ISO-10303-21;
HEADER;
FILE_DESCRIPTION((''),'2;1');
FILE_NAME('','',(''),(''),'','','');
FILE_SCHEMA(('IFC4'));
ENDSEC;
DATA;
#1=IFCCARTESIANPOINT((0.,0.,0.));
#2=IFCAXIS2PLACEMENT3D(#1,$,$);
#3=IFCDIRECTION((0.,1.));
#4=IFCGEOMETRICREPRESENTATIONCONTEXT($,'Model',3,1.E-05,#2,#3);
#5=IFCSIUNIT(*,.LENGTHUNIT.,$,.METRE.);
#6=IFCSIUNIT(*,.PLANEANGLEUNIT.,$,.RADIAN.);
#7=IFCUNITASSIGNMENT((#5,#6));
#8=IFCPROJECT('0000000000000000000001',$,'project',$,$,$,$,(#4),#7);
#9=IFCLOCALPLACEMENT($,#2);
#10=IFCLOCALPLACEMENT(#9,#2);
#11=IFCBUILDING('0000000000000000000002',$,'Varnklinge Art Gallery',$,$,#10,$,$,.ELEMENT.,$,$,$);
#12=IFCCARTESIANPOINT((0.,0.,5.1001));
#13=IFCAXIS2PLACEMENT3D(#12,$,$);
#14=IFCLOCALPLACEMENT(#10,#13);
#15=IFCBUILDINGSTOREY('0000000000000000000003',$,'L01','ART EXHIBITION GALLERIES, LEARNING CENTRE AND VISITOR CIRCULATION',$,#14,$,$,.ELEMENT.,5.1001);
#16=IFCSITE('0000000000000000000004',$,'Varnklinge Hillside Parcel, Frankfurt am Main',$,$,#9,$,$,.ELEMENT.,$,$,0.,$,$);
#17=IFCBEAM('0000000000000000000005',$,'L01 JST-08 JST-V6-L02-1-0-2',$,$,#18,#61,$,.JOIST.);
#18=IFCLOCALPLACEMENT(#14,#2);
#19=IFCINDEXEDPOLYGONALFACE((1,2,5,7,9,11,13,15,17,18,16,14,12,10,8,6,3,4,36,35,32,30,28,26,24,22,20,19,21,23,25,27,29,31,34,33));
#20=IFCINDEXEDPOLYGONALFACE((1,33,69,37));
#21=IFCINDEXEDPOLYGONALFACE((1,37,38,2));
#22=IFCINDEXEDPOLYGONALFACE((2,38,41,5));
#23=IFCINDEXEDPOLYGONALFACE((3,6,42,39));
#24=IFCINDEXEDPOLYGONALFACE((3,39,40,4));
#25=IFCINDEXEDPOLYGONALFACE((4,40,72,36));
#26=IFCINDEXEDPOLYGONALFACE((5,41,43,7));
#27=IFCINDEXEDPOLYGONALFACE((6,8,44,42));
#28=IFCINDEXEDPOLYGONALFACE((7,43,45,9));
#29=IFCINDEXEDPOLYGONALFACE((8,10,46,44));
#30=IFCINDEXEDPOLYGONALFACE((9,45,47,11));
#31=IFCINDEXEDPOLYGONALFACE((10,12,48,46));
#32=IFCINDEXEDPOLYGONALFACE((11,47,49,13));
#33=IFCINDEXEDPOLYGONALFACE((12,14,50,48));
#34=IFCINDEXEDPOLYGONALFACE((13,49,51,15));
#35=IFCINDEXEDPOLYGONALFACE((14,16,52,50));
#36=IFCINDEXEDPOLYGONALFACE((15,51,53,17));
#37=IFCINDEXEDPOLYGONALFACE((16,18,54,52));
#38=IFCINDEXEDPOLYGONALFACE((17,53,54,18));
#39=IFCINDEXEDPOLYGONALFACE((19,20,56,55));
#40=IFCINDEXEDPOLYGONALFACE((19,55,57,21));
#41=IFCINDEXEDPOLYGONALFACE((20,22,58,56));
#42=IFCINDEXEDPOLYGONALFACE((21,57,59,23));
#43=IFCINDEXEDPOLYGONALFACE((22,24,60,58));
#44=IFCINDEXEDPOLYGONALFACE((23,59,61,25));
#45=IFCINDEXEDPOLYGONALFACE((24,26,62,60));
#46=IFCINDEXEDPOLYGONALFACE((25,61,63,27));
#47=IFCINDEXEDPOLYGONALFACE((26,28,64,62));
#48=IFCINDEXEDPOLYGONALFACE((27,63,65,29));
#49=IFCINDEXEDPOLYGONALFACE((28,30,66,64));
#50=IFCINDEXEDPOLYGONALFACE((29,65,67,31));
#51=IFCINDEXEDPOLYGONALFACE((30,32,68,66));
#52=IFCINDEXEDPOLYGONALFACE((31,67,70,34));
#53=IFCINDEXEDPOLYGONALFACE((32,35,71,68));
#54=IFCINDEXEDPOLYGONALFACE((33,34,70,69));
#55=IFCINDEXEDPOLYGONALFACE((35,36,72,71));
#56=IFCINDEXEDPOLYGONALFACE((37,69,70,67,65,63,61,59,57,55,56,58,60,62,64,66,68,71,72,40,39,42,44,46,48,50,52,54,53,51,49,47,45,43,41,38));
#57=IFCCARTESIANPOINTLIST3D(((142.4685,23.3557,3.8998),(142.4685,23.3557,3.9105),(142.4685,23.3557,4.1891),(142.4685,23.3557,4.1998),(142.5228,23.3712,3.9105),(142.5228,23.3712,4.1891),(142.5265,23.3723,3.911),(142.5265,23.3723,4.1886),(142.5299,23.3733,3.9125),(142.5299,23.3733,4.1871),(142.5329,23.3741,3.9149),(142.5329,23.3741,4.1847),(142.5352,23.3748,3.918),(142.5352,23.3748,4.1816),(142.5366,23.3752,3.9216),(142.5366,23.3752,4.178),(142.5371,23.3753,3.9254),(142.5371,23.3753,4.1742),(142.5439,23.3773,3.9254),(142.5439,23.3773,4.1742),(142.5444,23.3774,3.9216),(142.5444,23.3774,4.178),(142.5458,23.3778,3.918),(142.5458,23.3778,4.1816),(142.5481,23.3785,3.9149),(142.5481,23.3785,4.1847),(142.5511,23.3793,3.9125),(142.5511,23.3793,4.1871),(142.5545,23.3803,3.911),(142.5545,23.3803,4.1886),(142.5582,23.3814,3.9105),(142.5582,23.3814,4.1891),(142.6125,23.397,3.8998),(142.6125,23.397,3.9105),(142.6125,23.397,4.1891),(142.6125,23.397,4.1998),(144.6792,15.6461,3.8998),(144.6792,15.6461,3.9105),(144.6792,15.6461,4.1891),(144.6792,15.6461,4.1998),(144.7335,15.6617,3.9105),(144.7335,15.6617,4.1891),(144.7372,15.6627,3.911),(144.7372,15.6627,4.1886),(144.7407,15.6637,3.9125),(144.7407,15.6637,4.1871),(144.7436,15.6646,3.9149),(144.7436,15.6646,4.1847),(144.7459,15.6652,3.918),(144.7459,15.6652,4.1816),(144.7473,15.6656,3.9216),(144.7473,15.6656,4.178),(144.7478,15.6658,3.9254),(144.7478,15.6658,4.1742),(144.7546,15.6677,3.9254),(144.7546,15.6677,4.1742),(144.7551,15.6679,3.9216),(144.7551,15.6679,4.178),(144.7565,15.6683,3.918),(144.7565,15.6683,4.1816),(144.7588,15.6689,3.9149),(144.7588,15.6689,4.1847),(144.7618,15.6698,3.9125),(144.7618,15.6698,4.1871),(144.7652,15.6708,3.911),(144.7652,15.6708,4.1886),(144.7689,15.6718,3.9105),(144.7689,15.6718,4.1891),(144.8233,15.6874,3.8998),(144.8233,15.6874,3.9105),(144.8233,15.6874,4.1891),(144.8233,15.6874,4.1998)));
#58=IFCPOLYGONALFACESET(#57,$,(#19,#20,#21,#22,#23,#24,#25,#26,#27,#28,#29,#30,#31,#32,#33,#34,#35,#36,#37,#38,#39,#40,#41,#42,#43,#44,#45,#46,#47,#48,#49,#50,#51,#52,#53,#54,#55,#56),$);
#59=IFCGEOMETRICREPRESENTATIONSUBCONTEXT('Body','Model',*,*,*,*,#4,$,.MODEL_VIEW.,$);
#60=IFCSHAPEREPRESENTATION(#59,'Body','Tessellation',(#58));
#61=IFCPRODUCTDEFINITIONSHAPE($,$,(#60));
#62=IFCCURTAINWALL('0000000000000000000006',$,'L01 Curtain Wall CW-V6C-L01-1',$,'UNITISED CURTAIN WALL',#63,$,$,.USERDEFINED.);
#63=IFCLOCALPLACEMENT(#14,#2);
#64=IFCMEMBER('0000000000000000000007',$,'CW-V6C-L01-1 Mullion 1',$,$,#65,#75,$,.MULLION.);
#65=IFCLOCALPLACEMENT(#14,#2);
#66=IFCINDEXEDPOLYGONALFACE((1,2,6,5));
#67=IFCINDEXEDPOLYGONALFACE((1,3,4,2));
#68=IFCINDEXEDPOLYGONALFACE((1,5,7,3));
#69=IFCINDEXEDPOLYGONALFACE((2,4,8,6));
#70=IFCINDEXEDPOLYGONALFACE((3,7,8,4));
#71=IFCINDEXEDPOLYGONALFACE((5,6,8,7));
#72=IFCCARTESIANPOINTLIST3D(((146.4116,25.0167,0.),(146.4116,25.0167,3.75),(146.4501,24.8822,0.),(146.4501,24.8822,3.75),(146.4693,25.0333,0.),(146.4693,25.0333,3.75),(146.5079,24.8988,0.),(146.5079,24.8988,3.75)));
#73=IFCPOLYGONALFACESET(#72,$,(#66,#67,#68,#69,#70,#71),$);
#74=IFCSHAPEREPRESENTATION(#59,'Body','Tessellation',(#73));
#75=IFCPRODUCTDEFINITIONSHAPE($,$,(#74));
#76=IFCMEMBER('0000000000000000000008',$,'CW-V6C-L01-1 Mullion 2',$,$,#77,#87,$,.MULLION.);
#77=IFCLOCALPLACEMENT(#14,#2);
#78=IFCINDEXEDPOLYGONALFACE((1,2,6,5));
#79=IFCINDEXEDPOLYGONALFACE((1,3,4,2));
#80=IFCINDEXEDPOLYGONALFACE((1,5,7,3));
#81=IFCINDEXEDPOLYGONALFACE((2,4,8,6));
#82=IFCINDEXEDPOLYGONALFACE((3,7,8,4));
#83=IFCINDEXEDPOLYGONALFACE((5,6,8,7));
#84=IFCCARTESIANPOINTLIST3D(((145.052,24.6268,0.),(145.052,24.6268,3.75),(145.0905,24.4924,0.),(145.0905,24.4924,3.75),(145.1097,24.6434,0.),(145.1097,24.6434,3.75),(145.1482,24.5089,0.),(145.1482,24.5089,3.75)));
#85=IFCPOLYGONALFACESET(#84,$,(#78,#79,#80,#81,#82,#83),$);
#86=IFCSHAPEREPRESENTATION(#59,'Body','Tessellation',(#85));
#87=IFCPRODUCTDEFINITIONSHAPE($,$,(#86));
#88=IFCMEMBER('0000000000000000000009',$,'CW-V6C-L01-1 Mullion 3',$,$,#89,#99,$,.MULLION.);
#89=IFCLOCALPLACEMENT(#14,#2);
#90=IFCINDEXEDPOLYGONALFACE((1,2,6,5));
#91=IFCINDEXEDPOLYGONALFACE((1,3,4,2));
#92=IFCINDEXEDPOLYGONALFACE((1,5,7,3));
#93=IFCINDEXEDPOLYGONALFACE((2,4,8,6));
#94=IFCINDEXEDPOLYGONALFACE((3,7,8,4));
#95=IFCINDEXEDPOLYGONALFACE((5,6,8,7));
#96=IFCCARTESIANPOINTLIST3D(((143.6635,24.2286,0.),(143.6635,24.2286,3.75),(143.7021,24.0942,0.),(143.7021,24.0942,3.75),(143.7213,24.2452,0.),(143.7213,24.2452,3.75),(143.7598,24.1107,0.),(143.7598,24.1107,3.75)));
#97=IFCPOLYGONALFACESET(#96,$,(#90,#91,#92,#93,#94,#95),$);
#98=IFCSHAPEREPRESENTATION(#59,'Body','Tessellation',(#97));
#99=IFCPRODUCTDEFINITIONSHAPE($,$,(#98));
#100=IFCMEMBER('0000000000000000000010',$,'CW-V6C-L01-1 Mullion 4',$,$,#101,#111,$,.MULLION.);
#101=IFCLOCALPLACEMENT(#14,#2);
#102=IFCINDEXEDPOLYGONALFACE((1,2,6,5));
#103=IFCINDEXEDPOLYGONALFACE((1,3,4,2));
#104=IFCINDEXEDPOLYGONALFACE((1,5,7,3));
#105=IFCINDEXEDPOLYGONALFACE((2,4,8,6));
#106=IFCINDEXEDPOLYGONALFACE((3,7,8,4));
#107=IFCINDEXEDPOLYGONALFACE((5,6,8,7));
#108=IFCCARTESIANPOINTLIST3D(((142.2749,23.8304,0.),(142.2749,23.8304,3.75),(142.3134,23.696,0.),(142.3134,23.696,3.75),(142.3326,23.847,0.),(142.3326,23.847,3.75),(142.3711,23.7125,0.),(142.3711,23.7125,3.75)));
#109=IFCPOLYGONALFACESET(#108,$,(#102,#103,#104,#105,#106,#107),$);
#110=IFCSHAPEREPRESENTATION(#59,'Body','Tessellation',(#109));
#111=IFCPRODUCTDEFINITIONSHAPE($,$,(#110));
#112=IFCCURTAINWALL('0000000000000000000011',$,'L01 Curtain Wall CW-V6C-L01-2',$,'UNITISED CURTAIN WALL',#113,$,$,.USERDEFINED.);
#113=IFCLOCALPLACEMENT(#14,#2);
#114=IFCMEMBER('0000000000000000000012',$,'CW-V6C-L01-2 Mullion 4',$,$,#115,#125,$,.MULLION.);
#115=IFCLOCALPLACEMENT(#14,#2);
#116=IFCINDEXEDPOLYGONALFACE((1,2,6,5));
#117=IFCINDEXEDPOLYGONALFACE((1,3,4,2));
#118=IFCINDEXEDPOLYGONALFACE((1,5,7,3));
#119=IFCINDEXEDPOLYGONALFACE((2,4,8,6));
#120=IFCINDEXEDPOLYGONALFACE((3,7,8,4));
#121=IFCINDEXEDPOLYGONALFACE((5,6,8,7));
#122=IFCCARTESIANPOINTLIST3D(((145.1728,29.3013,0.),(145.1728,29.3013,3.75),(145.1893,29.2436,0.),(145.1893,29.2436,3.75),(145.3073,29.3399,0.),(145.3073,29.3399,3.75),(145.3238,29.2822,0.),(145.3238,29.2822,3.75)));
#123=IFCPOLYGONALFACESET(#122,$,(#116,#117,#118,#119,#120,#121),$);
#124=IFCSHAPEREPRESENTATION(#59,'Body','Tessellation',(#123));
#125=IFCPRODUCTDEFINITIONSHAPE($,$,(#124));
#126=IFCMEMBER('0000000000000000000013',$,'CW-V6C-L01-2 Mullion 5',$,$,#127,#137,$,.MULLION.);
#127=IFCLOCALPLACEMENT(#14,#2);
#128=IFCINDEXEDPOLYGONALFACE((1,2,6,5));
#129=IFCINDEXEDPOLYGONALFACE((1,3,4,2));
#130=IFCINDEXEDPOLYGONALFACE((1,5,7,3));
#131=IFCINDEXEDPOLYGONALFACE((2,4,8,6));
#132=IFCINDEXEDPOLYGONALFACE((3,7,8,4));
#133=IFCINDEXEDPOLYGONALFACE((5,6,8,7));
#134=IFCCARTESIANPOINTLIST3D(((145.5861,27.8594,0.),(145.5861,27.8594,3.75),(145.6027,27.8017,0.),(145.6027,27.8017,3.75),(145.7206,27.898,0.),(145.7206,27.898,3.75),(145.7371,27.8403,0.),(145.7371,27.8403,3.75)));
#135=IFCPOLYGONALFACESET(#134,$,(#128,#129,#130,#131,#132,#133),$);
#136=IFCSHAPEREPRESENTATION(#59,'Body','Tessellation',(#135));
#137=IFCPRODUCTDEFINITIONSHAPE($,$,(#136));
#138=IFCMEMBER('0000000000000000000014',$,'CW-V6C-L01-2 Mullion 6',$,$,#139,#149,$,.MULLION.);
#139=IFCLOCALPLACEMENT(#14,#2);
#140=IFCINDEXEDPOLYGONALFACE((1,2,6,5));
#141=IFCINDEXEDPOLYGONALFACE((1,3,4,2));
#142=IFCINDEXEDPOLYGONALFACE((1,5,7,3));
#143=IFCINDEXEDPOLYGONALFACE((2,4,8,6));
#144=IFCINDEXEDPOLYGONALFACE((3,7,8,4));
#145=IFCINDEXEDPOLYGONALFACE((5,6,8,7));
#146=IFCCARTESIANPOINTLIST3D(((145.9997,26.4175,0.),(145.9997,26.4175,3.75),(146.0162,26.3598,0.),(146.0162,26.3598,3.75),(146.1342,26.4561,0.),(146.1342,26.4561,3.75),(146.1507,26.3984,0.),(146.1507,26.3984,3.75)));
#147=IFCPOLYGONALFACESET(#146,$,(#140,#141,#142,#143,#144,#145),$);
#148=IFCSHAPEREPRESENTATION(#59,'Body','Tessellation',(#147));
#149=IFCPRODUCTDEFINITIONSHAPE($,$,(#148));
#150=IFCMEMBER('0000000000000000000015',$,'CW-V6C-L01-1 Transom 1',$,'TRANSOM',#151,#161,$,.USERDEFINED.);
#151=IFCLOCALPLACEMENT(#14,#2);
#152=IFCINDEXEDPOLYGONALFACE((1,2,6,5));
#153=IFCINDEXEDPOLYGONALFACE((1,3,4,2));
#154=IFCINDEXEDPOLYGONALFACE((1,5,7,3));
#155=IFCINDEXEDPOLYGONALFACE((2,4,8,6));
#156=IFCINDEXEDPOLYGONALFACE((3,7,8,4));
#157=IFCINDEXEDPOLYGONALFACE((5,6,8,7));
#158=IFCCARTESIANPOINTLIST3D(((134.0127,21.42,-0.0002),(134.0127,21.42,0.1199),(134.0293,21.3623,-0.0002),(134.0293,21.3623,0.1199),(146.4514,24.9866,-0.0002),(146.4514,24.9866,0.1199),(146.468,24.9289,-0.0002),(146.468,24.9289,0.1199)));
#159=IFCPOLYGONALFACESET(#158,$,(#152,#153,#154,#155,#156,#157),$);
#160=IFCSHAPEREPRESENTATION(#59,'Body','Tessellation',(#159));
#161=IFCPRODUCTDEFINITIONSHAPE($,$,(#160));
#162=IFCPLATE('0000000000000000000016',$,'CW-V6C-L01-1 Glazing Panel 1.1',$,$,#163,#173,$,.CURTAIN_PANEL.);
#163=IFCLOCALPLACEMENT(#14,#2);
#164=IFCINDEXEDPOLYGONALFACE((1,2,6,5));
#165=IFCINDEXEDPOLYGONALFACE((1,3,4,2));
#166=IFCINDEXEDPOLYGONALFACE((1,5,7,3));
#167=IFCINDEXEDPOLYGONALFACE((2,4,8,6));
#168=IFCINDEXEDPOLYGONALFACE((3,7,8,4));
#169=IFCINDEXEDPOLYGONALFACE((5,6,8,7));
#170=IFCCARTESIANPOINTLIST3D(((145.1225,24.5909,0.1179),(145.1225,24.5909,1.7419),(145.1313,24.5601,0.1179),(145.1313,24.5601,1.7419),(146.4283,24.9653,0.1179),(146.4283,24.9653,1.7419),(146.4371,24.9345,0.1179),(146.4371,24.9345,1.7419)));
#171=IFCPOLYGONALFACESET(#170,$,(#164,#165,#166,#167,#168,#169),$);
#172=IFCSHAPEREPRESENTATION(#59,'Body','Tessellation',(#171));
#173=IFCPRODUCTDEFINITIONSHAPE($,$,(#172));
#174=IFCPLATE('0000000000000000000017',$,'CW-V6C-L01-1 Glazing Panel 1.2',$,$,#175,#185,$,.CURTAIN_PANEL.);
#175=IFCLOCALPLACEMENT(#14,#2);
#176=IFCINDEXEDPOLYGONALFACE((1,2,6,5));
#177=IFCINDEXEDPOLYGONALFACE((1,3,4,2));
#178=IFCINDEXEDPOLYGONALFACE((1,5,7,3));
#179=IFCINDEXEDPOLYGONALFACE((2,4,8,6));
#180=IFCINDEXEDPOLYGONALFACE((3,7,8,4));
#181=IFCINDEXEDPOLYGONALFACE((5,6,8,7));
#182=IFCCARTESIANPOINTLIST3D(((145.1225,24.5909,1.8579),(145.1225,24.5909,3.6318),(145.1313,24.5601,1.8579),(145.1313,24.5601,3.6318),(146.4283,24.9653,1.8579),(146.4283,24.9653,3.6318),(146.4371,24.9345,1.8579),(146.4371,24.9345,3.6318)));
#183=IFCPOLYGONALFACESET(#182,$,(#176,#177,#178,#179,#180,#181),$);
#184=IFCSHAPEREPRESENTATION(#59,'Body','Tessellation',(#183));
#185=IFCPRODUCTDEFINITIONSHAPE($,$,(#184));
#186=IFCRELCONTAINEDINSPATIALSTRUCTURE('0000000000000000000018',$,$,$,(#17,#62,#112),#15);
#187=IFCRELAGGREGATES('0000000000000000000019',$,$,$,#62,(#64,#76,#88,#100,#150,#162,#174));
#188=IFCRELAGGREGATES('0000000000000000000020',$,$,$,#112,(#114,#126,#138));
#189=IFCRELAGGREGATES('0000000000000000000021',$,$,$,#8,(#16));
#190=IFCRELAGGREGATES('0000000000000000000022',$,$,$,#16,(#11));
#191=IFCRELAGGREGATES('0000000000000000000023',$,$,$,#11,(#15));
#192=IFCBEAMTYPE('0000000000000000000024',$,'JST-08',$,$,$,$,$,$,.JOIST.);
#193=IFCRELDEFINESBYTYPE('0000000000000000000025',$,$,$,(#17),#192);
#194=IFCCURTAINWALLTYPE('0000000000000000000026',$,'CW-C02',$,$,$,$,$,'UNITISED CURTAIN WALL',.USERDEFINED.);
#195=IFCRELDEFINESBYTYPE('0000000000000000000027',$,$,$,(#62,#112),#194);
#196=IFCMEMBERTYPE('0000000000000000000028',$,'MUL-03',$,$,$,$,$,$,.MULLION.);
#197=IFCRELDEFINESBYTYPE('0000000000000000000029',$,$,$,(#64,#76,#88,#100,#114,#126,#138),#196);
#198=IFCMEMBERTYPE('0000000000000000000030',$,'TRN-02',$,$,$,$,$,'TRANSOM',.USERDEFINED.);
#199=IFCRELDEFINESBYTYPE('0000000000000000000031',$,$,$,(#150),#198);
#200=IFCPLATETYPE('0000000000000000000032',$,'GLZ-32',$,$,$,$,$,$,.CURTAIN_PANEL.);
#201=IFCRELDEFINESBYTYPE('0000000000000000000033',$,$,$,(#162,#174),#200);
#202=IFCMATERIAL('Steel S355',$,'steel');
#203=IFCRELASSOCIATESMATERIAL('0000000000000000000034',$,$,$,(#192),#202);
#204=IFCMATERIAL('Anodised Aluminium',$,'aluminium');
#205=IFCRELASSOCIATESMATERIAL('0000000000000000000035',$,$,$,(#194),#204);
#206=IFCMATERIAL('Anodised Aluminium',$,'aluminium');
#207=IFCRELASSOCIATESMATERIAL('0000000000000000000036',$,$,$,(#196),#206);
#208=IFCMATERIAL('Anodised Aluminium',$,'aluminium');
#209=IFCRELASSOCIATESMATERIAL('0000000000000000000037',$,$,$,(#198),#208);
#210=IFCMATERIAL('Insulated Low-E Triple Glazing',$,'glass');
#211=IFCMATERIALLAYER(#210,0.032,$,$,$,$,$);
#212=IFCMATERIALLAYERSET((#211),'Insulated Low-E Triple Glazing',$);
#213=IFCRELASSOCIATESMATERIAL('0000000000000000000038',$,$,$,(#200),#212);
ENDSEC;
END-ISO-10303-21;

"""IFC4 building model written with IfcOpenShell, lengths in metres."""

from ifc_helpers import new_model, si_unit, direction, frame, origin, origin_2d, place, context, subcontext, project, spatial, rectangle, i_section, extrude, material, layer, layer_set, material_profile, profile_set, type_object, element, aggregate, save


model = new_model("IFC4")

# Units and contexts
model_context = context("Model", 3, precision=1e-05, world=origin(), true_north=direction((0.0, 1.0)))
body_context = subcontext(model_context, "Body", "Model", "MODEL_VIEW")
ifc_project = project(units=[si_unit("LENGTHUNIT", "METRE"), si_unit("PLANEANGLEUNIT", "RADIAN")], contexts=[model_context])

# Site, building, storey
site_placement = place(None, origin())
site = spatial("IfcSite", under=ifc_project, at=site_placement, Name="Varnklinge Hillside Parcel, Frankfurt am Main", CompositionType="ELEMENT", RefElevation=0.0)
building_placement = place(site_placement, origin())
building = spatial("IfcBuilding", under=site, at=building_placement, Name="Varnklinge Art Gallery", CompositionType="ELEMENT")
storey_placement = place(building_placement, frame((0.0, 0.0, 5.1001)))
storey = spatial("IfcBuildingStorey", under=building, at=storey_placement, Name="L01", Description="ART EXHIBITION GALLERIES, LEARNING CENTRE AND VISITOR CIRCULATION", CompositionType="ELEMENT", Elevation=5.1001)

# Beam
ifc_material_1 = material(Name="Steel S355", Category="steel")
ifc_material_profile_1 = material_profile(ifc_material_1, i_section(OverallWidth=0.1499, OverallDepth=0.3, WebThickness=0.0071, FlangeThickness=0.0107, FilletRadius=0.0149, at=origin_2d()), Name="IPE 300")
ifc_profile_set_1 = profile_set([ifc_material_profile_1], Name="Steel S355")
beam_type = type_object("IfcBeamType", Name="JST-08", PredefinedType="JOIST", material=ifc_profile_set_1)
beam_placement = place(storey_placement, frame((144.7512, 15.6667, 4.0498), z_axis=(-0.275642, 0.96126, 0.0), x_axis=(-0.96126, -0.275642, 0.0)))
element("IfcBeam", 1, at=beam_placement, inside=storey, type_object=beam_type, Name="L01 JST-08 JST-V6-L02-1-0-2", PredefinedType="JOIST", context=body_context, shape_type="SweptSolid", body=[
    extrude(i_section(OverallWidth=0.1499, OverallDepth=0.3, WebThickness=0.0071, FlangeThickness=0.0107, FilletRadius=0.0149, at=origin_2d()), origin(), (0.0, 0.0, 1.0), 8.0203),
])

# Curtain walls, members
ifc_material_2 = material(Name="Anodised Aluminium", Category="aluminium")
curtain_wall_type = type_object("IfcCurtainWallType", Name="CW-C02", ElementType="UNITISED CURTAIN WALL", PredefinedType="USERDEFINED", material=ifc_material_2)
curtain_wall_1_placement = place(storey_placement, origin())
curtain_wall_1 = element("IfcCurtainWall", 2, at=curtain_wall_1_placement, inside=storey, type_object=curtain_wall_type, Name="L01 Curtain Wall CW-V6C-L01-1", ObjectType="UNITISED CURTAIN WALL", PredefinedType="USERDEFINED")
ifc_material_3 = material(Name="Anodised Aluminium", Category="aluminium")
ifc_material_profile_2 = material_profile(ifc_material_3, rectangle(XDim=0.0601, YDim=0.1399, at=origin_2d()), Name="ALU 60x140")
ifc_profile_set_2 = profile_set([ifc_material_profile_2], Name="Anodised Aluminium")
member_type_1 = type_object("IfcMemberType", Name="MUL-03", PredefinedType="MULLION", material=ifc_profile_set_2)
member_1_placement = place(storey_placement, frame((146.4597, 24.9578, 0.0), z_axis=(0.0, 0.0, 1.0), x_axis=(-0.961262, -0.275637, 0.0)))
member_1 = element("IfcMember", 3, at=member_1_placement, type_object=member_type_1, Name="CW-V6C-L01-1 Mullion 1", PredefinedType="MULLION", context=body_context, shape_type="SweptSolid", body=[
    extrude(rectangle(XDim=0.0601, YDim=0.1399, at=origin_2d()), origin(), (0.0, 0.0, 1.0), 3.75),
])
member_2_placement = place(storey_placement, frame((145.1001, 24.5679, 0.0), z_axis=(0.0, 0.0, 1.0), x_axis=(-0.961262, -0.275637, 0.0)))
member_2 = element("IfcMember", 4, at=member_2_placement, type_object=member_type_1, Name="CW-V6C-L01-1 Mullion 2", PredefinedType="MULLION", context=body_context, shape_type="SweptSolid", body=[
    extrude(rectangle(XDim=0.0601, YDim=0.1399, at=origin_2d()), origin(), (0.0, 0.0, 1.0), 3.75),
])
member_3_placement = place(storey_placement, frame((143.7117, 24.1697, 0.0), z_axis=(0.0, 0.0, 1.0), x_axis=(-0.961262, -0.275637, 0.0)))
member_3 = element("IfcMember", 5, at=member_3_placement, type_object=member_type_1, Name="CW-V6C-L01-1 Mullion 3", PredefinedType="MULLION", context=body_context, shape_type="SweptSolid", body=[
    extrude(rectangle(XDim=0.0601, YDim=0.1399, at=origin_2d()), origin(), (0.0, 0.0, 1.0), 3.75),
])
member_4_placement = place(storey_placement, frame((142.323, 23.7715, 0.0), z_axis=(0.0, 0.0, 1.0), x_axis=(-0.961262, -0.275637, 0.0)))
member_4 = element("IfcMember", 6, at=member_4_placement, type_object=member_type_1, Name="CW-V6C-L01-1 Mullion 4", PredefinedType="MULLION", context=body_context, shape_type="SweptSolid", body=[
    extrude(rectangle(XDim=0.0601, YDim=0.1399, at=origin_2d()), origin(), (0.0, 0.0, 1.0), 3.75),
])
curtain_wall_2_placement = place(storey_placement, origin())
curtain_wall_2 = element("IfcCurtainWall", 7, at=curtain_wall_2_placement, inside=storey, type_object=curtain_wall_type, Name="L01 Curtain Wall CW-V6C-L01-2", ObjectType="UNITISED CURTAIN WALL", PredefinedType="USERDEFINED")
member_5_placement = place(storey_placement, frame((145.2483, 29.2917, 0.0), z_axis=(0.0, 0.0, 1.0), x_axis=(0.275637, -0.961262, 0.0)))
member_5 = element("IfcMember", 8, at=member_5_placement, type_object=member_type_1, Name="CW-V6C-L01-2 Mullion 4", PredefinedType="MULLION", context=body_context, shape_type="SweptSolid", body=[
    extrude(rectangle(XDim=0.0601, YDim=0.1399, at=origin_2d()), origin(), (0.0, 0.0, 1.0), 3.75),
])
member_6_placement = place(storey_placement, frame((145.6616, 27.8499, 0.0), z_axis=(0.0, 0.0, 1.0), x_axis=(0.275637, -0.961262, 0.0)))
member_6 = element("IfcMember", 9, at=member_6_placement, type_object=member_type_1, Name="CW-V6C-L01-2 Mullion 5", PredefinedType="MULLION", context=body_context, shape_type="SweptSolid", body=[
    extrude(rectangle(XDim=0.0601, YDim=0.1399, at=origin_2d()), origin(), (0.0, 0.0, 1.0), 3.75),
])
member_7_placement = place(storey_placement, frame((146.0752, 26.408, 0.0), z_axis=(0.0, 0.0, 1.0), x_axis=(0.275637, -0.961262, 0.0)))
member_7 = element("IfcMember", 10, at=member_7_placement, type_object=member_type_1, Name="CW-V6C-L01-2 Mullion 6", PredefinedType="MULLION", context=body_context, shape_type="SweptSolid", body=[
    extrude(rectangle(XDim=0.0601, YDim=0.1399, at=origin_2d()), origin(), (0.0, 0.0, 1.0), 3.75),
])

# Member
ifc_material_4 = material(Name="Anodised Aluminium", Category="aluminium")
ifc_material_profile_3 = material_profile(ifc_material_4, rectangle(XDim=0.0601, YDim=0.1201, at=origin_2d()), Name="ALU 60x120")
ifc_profile_set_3 = profile_set([ifc_material_profile_3], Name="Anodised Aluminium")
member_type_2 = type_object("IfcMemberType", Name="TRN-02", ElementType="TRANSOM", PredefinedType="USERDEFINED", material=ifc_profile_set_3)
member_8_placement = place(storey_placement, frame((146.4597, 24.9578, 0.0598), z_axis=(-0.961264, -0.275631, 0.0), x_axis=(0.275631, -0.961264, 0.0)))
member_8 = element("IfcMember", 11, at=member_8_placement, type_object=member_type_2, Name="CW-V6C-L01-1 Transom 1", ObjectType="TRANSOM", PredefinedType="USERDEFINED", context=body_context, shape_type="SweptSolid", body=[
    extrude(rectangle(XDim=0.0601, YDim=0.1201, at=origin_2d()), origin(), (0.0, 0.0, 1.0), 12.9399),
])

# Plates
ifc_material_5 = material(Name="Insulated Low-E Triple Glazing", Category="glass")
ifc_layer = layer(ifc_material_5, 0.032)
ifc_layer_set = layer_set([ifc_layer], Name="Insulated Low-E Triple Glazing")
plate_type = type_object("IfcPlateType", Name="GLZ-32", PredefinedType="CURTAIN_PANEL", material=ifc_layer_set)
plate_1_placement = place(storey_placement, frame((145.7798, 24.7627, 0.1179), z_axis=(0.0, 0.0, 1.0), x_axis=(-0.961262, -0.275637, 0.0)))
plate_1 = element("IfcPlate", 12, at=plate_1_placement, type_object=plate_type, Name="CW-V6C-L01-1 Glazing Panel 1.1", PredefinedType="CURTAIN_PANEL", context=body_context, shape_type="SweptSolid", body=[
    extrude(rectangle(XDim=1.3584, YDim=0.032, at=origin_2d()), origin(), (0.0, 0.0, 1.0), 1.624),
])
plate_2_placement = place(storey_placement, frame((145.7798, 24.7627, 1.8579), z_axis=(0.0, 0.0, 1.0), x_axis=(-0.961262, -0.275637, 0.0)))
plate_2 = element("IfcPlate", 13, at=plate_2_placement, type_object=plate_type, Name="CW-V6C-L01-1 Glazing Panel 1.2", PredefinedType="CURTAIN_PANEL", context=body_context, shape_type="SweptSolid", body=[
    extrude(rectangle(XDim=1.3584, YDim=0.032, at=origin_2d()), origin(), (0.0, 0.0, 1.0), 1.7739),
])
aggregate(curtain_wall_1, [member_1, member_2, member_3, member_4, member_8, plate_1, plate_2])
aggregate(curtain_wall_2, [member_5, member_6, member_7])

save(model, "model.ifc")
